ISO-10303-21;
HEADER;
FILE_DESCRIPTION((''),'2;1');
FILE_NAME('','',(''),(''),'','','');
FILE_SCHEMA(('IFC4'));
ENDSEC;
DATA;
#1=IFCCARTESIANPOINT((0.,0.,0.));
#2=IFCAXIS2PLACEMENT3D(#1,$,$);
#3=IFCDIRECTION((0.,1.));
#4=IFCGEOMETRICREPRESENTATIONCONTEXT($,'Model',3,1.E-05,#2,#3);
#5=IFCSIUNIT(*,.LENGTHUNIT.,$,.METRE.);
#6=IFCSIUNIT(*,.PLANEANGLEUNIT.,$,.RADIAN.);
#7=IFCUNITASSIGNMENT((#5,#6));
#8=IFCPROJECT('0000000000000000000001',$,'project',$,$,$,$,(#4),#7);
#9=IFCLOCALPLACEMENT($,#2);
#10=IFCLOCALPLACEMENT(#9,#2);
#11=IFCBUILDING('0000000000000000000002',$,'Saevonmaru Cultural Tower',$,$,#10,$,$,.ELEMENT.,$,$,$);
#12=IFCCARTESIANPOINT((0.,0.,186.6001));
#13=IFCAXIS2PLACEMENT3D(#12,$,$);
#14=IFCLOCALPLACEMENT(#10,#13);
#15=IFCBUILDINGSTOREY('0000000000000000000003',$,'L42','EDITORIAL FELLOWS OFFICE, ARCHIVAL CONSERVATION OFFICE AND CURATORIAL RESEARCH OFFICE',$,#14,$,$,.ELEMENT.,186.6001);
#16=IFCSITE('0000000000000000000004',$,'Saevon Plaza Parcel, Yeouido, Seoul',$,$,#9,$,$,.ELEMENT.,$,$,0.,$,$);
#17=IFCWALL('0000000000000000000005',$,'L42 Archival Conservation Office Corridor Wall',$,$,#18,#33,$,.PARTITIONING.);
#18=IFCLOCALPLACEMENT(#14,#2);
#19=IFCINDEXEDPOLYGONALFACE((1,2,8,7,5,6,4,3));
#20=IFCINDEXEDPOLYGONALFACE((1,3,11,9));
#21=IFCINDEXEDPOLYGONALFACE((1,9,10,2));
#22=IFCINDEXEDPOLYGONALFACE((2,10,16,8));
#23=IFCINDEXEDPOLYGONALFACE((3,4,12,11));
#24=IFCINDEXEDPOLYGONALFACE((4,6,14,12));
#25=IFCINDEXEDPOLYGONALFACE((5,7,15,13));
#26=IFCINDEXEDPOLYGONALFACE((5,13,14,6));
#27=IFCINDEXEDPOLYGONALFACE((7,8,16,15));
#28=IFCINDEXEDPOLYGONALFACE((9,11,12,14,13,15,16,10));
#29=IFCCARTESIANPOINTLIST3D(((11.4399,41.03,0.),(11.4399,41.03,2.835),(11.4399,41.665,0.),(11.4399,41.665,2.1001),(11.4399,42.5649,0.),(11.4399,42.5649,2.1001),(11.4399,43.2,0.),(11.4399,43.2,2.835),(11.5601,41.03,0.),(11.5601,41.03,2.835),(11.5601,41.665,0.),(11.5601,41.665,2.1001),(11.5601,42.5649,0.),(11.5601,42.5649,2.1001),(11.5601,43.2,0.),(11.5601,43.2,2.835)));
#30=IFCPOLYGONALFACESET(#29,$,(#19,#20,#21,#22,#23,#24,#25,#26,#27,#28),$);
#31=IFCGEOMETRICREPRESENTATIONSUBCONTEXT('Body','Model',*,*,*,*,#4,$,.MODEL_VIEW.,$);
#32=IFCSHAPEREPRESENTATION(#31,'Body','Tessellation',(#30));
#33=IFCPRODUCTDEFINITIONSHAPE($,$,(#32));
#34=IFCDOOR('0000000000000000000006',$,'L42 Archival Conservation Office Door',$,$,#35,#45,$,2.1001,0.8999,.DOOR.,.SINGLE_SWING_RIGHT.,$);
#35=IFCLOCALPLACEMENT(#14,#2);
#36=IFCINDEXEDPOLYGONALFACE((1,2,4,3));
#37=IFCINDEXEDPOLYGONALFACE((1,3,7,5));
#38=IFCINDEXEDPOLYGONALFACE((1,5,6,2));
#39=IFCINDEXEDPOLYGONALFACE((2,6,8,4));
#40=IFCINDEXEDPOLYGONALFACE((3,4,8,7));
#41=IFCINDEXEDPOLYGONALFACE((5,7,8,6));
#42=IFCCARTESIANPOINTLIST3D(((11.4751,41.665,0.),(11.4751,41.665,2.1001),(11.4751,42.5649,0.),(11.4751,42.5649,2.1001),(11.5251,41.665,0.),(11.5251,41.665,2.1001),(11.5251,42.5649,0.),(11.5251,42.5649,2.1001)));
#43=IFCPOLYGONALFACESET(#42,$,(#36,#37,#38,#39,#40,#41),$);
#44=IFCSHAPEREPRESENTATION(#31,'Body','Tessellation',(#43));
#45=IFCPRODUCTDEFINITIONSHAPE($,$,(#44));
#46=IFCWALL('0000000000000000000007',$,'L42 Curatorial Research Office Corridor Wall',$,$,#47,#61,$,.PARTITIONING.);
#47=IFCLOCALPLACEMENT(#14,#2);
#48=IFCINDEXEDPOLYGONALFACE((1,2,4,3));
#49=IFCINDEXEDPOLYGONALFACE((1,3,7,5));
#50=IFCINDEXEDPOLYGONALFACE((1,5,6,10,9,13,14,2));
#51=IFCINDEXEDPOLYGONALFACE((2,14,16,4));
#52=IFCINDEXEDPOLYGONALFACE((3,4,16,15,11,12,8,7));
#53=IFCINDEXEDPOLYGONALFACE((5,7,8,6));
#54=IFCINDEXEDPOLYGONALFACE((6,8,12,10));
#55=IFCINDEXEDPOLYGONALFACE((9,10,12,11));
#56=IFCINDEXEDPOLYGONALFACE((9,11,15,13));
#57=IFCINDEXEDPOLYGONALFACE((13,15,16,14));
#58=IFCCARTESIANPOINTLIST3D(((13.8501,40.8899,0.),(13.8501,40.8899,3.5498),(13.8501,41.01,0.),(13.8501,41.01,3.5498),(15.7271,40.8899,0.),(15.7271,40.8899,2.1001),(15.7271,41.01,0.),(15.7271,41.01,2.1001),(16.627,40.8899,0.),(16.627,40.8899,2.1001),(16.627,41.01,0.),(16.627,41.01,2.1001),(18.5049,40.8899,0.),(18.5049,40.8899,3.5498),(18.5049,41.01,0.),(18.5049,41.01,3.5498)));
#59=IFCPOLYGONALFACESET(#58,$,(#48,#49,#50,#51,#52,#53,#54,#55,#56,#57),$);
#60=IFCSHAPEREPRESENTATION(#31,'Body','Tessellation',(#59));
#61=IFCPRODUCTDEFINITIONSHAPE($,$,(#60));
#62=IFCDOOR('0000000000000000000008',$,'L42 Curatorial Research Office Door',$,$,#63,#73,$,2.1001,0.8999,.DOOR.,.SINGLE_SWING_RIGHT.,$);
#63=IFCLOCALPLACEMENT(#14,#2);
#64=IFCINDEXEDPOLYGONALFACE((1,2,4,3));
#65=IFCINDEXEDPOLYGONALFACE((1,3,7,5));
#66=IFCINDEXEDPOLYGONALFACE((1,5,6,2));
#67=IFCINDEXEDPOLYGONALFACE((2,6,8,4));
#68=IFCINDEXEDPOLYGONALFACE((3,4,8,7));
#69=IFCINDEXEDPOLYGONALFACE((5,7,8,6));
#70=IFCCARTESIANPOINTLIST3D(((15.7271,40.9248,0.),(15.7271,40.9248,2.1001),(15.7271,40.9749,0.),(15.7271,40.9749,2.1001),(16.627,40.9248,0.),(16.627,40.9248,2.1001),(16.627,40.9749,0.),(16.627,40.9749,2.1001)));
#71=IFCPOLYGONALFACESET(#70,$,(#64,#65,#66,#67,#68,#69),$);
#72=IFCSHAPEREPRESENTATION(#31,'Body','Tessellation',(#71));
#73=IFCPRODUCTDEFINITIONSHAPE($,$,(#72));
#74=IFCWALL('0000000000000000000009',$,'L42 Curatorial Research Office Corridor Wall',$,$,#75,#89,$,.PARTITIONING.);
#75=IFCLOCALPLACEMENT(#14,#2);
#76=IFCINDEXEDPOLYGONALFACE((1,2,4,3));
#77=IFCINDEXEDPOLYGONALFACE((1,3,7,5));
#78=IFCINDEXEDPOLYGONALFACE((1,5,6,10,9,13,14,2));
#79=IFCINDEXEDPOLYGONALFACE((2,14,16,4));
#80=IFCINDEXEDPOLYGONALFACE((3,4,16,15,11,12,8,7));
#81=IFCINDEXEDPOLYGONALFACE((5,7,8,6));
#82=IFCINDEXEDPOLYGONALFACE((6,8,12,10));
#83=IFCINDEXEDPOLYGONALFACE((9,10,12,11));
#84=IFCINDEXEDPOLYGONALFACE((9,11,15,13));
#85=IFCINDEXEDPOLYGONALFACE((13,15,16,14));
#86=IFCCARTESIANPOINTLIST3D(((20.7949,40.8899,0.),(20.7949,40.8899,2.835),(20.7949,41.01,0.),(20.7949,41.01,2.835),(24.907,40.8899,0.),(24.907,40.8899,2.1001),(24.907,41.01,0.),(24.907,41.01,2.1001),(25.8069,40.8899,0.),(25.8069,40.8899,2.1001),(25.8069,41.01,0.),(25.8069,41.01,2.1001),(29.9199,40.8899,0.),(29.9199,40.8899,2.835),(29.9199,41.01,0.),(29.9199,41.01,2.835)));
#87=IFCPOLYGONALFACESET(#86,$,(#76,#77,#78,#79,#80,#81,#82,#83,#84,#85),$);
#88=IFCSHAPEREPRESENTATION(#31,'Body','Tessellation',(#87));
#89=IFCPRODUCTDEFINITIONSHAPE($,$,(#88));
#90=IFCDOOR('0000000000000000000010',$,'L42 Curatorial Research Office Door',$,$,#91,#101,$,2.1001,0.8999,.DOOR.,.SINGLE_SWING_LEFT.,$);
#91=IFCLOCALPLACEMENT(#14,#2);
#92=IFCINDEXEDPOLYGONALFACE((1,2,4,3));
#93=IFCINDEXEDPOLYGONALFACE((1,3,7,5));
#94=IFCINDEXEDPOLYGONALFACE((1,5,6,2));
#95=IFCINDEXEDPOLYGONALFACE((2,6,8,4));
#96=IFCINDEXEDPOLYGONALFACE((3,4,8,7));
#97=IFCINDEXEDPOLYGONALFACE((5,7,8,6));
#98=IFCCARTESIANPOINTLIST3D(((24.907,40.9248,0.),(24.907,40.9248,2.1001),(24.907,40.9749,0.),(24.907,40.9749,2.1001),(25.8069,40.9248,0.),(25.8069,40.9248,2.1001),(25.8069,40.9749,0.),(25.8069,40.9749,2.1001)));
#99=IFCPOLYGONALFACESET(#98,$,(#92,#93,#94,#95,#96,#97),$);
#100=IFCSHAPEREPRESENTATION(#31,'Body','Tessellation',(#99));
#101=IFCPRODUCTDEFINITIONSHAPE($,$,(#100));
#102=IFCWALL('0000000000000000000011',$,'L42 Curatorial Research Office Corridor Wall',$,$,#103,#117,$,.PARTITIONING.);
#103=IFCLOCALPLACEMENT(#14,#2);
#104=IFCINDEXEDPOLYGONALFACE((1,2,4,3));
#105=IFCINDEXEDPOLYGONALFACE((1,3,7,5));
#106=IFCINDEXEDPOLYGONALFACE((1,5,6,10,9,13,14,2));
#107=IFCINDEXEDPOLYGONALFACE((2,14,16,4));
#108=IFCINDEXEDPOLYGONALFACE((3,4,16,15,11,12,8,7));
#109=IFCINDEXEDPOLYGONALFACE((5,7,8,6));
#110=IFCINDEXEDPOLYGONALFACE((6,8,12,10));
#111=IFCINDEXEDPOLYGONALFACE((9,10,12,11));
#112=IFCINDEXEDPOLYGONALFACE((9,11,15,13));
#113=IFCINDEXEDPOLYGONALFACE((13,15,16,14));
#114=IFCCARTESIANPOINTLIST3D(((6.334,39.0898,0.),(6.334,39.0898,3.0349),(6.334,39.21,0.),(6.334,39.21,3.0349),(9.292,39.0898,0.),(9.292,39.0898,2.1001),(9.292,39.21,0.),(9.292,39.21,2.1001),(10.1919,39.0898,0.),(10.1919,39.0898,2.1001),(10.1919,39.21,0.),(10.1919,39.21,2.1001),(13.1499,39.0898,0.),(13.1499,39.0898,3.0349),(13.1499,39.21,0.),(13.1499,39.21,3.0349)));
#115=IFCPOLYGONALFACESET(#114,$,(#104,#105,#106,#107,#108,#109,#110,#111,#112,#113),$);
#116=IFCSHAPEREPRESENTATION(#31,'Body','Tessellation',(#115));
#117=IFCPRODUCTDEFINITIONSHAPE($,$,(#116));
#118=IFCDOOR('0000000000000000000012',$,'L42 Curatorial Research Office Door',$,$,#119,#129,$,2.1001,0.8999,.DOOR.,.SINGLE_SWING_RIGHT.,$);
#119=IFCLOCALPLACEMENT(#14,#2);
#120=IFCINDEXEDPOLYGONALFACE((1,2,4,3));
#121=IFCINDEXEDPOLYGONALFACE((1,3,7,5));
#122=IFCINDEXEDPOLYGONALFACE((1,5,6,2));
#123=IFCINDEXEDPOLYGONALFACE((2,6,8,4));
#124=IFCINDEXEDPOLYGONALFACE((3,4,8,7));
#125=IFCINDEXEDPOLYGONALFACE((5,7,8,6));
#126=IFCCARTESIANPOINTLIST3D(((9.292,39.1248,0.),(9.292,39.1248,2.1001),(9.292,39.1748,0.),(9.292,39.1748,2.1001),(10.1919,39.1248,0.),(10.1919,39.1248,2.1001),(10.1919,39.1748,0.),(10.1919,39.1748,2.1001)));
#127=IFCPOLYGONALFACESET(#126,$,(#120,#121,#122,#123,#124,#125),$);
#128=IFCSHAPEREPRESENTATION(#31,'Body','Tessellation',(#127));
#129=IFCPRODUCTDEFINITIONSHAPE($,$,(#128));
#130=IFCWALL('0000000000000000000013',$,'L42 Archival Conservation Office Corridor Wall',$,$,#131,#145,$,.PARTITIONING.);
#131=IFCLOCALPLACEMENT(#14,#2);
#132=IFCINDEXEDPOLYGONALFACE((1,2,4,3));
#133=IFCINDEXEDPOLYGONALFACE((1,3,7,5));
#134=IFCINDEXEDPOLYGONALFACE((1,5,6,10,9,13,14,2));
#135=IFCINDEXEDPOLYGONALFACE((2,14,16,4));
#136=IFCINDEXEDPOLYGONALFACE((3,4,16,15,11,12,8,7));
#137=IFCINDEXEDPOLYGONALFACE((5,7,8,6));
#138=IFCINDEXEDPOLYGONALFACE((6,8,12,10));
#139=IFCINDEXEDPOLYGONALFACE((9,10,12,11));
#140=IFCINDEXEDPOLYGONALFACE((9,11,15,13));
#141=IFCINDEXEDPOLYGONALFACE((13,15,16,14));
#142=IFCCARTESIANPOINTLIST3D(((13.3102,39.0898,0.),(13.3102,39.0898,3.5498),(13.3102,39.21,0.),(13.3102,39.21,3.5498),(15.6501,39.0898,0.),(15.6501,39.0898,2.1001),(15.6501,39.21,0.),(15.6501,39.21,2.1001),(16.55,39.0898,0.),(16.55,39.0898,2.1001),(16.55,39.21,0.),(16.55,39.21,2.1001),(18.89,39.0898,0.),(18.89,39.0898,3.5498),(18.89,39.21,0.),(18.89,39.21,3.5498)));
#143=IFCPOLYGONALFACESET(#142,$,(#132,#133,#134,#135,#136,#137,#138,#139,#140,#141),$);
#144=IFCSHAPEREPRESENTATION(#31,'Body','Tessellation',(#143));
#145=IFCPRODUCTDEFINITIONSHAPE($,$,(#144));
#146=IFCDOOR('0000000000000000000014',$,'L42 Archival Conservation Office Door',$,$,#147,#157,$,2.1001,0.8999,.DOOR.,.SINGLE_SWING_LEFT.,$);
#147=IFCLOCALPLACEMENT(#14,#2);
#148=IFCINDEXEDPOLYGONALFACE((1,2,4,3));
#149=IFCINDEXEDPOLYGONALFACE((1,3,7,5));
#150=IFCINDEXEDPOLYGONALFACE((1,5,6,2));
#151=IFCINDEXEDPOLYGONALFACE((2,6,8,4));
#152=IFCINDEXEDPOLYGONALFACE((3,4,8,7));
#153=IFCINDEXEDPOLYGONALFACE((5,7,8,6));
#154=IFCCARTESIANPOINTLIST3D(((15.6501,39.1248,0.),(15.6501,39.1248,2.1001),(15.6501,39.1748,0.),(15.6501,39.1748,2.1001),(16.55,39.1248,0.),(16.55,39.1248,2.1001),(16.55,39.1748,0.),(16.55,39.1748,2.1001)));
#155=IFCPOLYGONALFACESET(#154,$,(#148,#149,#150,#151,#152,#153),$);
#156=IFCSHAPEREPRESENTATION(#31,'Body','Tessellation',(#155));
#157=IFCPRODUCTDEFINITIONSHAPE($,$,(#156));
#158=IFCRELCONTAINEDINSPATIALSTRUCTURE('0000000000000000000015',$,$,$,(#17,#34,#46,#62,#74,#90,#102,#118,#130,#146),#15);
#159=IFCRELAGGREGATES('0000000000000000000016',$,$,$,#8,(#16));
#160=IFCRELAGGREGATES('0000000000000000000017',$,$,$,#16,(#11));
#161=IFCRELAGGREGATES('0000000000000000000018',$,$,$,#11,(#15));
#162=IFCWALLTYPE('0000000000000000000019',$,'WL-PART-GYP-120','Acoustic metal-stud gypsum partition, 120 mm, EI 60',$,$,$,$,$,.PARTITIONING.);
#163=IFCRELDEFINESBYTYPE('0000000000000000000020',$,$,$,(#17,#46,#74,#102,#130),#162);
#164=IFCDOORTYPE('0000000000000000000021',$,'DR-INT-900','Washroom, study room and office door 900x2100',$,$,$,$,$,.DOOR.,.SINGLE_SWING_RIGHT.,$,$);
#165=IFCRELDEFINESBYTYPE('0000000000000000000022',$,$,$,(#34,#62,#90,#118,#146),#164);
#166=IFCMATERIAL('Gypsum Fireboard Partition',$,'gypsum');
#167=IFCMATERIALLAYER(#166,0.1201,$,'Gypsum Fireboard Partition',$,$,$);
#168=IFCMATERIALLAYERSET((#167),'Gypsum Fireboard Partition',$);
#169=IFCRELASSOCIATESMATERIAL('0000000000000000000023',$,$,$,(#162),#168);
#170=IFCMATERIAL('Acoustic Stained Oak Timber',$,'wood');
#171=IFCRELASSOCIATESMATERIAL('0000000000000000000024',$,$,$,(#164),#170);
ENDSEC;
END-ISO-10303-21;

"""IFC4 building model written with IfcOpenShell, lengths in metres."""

from ifc_helpers import new_model, si_unit, direction, frame, frame_2d, origin, place, context, subcontext, project, spatial, rectangle, extrude, material, layer, layer_set, type_object, element, fill, save


model = new_model("IFC4")

# Units and contexts
model_context = context("Model", 3, precision=1e-05, world=origin(), true_north=direction((0.0, 1.0)))
body_context = subcontext(model_context, "Body", "Model", "MODEL_VIEW")
ifc_project = project(units=[si_unit("LENGTHUNIT", "METRE"), si_unit("PLANEANGLEUNIT", "RADIAN")], contexts=[model_context])

# Site, building, storey
site_placement = place(None, origin())
site = spatial("IfcSite", under=ifc_project, at=site_placement, Name="Saevon Plaza Parcel, Yeouido, Seoul", CompositionType="ELEMENT", RefElevation=0.0)
building_placement = place(site_placement, origin())
building = spatial("IfcBuilding", under=site, at=building_placement, Name="Saevonmaru Cultural Tower", CompositionType="ELEMENT")
storey_placement = place(building_placement, frame((0.0, 0.0, 186.6001)))
storey = spatial("IfcBuildingStorey", under=building, at=storey_placement, Name="L42", Description="EDITORIAL FELLOWS OFFICE, ARCHIVAL CONSERVATION OFFICE AND CURATORIAL RESEARCH OFFICE", CompositionType="ELEMENT", Elevation=186.6001)

# Shared definitions
ifc_material_1 = material(Name="Gypsum Fireboard Partition", Category="gypsum")
ifc_layer_1 = layer(ifc_material_1, 0.1201, Name="Gypsum Fireboard Partition")
ifc_layer_set_1 = layer_set([ifc_layer_1], Name="Gypsum Fireboard Partition")
wall_type_1 = type_object("IfcWallType", Name="WL-PART-GYP-120", Description="Acoustic metal-stud gypsum partition, 120 mm, EI 60", PredefinedType="PARTITIONING", material=ifc_layer_set_1)

# Walls, openings, doors
ifc_material_2 = material(Name="Acoustic Stained Oak Timber", Category="wood")
door_type = type_object("IfcDoorType", Name="DR-INT-900", Description="Washroom, study room and office door 900x2100", OperationType="SINGLE_SWING_RIGHT", PredefinedType="DOOR", material=ifc_material_2)
wall_1_placement = place(storey_placement, frame((11.5, 41.03, 0.0), z_axis=(0.0, 0.0, 1.0), x_axis=(0.0, 1.0, 0.0)))
wall_1 = element("IfcWall", 1, at=wall_1_placement, inside=storey, type_object=wall_type_1, Name="L42 Archival Conservation Office Corridor Wall", PredefinedType="PARTITIONING", context=body_context, shape_type="SweptSolid", body=[
    extrude(rectangle(XDim=2.1699, YDim=0.1201, at=frame_2d((1.085, 0.0))), origin(), (0.0, 0.0, 1.0), 2.835),
])
opening_1_placement = place(wall_1_placement, frame((0.635, 0.0, 0.0)))
opening_1 = element("IfcOpeningElement", 2, at=opening_1_placement, cuts=wall_1, PredefinedType="OPENING", context=body_context, shape_type="SweptSolid", body=[
    extrude(rectangle(XDim=0.8999, YDim=2.1001, at=frame_2d((0.45, 1.05))), frame((0.0, 0.0701, 0.0), z_axis=(0.0, -1.0, 0.0), x_axis=(1.0, 0.0, 0.0)), (0.0, 0.0, 1.0), 0.1401),
])
door_1_placement = place(opening_1_placement, origin())
door_1 = element("IfcDoor", 3, at=door_1_placement, inside=storey, type_object=door_type, Name="L42 Archival Conservation Office Door", OperationType="SINGLE_SWING_RIGHT", OverallHeight=2.1001, OverallWidth=0.8999, PredefinedType="DOOR", context=body_context, shape_type="SweptSolid", body=[
    extrude(rectangle(XDim=0.8999, YDim=2.1001, at=frame_2d((0.45, 1.05))), frame((0.0, 0.0249, 0.0), z_axis=(0.0, -1.0, 0.0), x_axis=(1.0, 0.0, 0.0)), (0.0, 0.0, 1.0), 0.05),
])
fill(opening_1, door_1)
wall_2_placement = place(storey_placement, frame((13.8501, 40.95, 0.0), z_axis=(0.0, 0.0, 1.0), x_axis=(1.0, 0.0, 0.0)))
wall_2 = element("IfcWall", 4, at=wall_2_placement, inside=storey, type_object=wall_type_1, Name="L42 Curatorial Research Office Corridor Wall", PredefinedType="PARTITIONING", context=body_context, shape_type="SweptSolid", body=[
    extrude(rectangle(XDim=4.6548, YDim=0.1201, at=frame_2d((2.3274, 0.0))), origin(), (0.0, 0.0, 1.0), 3.5498),
])
opening_2_placement = place(wall_2_placement, frame((1.877, 0.0, 0.0)))
opening_2 = element("IfcOpeningElement", 5, at=opening_2_placement, cuts=wall_2, PredefinedType="OPENING", context=body_context, shape_type="SweptSolid", body=[
    extrude(rectangle(XDim=0.8999, YDim=2.1001, at=frame_2d((0.45, 1.05))), frame((0.0, 0.0701, 0.0), z_axis=(0.0, -1.0, 0.0), x_axis=(1.0, 0.0, 0.0)), (0.0, 0.0, 1.0), 0.1401),
])
door_2_placement = place(opening_2_placement, origin())
door_2 = element("IfcDoor", 6, at=door_2_placement, inside=storey, type_object=door_type, Name="L42 Curatorial Research Office Door", OperationType="SINGLE_SWING_RIGHT", OverallHeight=2.1001, OverallWidth=0.8999, PredefinedType="DOOR", context=body_context, shape_type="SweptSolid", body=[
    extrude(rectangle(XDim=0.8999, YDim=2.1001, at=frame_2d((0.45, 1.05))), frame((0.0, 0.0249, 0.0), z_axis=(0.0, -1.0, 0.0), x_axis=(1.0, 0.0, 0.0)), (0.0, 0.0, 1.0), 0.05),
])
fill(opening_2, door_2)
wall_3_placement = place(storey_placement, frame((20.7949, 40.95, 0.0), z_axis=(0.0, 0.0, 1.0), x_axis=(1.0, 0.0, 0.0)))
wall_3 = element("IfcWall", 7, at=wall_3_placement, inside=storey, type_object=wall_type_1, Name="L42 Curatorial Research Office Corridor Wall", PredefinedType="PARTITIONING", context=body_context, shape_type="SweptSolid", body=[
    extrude(rectangle(XDim=9.125, YDim=0.1201, at=frame_2d((4.5625, 0.0))), origin(), (0.0, 0.0, 1.0), 2.835),
])
opening_3_placement = place(wall_3_placement, frame((4.1121, 0.0, 0.0)))
opening_3 = element("IfcOpeningElement", 8, at=opening_3_placement, cuts=wall_3, PredefinedType="OPENING", context=body_context, shape_type="SweptSolid", body=[
    extrude(rectangle(XDim=0.8999, YDim=2.1001, at=frame_2d((0.45, 1.05))), frame((0.0, 0.0701, 0.0), z_axis=(0.0, -1.0, 0.0), x_axis=(1.0, 0.0, 0.0)), (0.0, 0.0, 1.0), 0.1401),
])
door_3_placement = place(opening_3_placement, origin())
door_3 = element("IfcDoor", 9, at=door_3_placement, inside=storey, type_object=door_type, Name="L42 Curatorial Research Office Door", OperationType="SINGLE_SWING_LEFT", OverallHeight=2.1001, OverallWidth=0.8999, PredefinedType="DOOR", context=body_context, shape_type="SweptSolid", body=[
    extrude(rectangle(XDim=0.8999, YDim=2.1001, at=frame_2d((0.45, 1.05))), frame((0.0, 0.0249, 0.0), z_axis=(0.0, -1.0, 0.0), x_axis=(1.0, 0.0, 0.0)), (0.0, 0.0, 1.0), 0.05),
])
fill(opening_3, door_3)
wall_4_placement = place(storey_placement, frame((6.334, 39.1499, 0.0), z_axis=(0.0, 0.0, 1.0), x_axis=(1.0, 0.0, 0.0)))
wall_4 = element("IfcWall", 10, at=wall_4_placement, inside=storey, type_object=wall_type_1, Name="L42 Curatorial Research Office Corridor Wall", PredefinedType="PARTITIONING", context=body_context, shape_type="SweptSolid", body=[
    extrude(rectangle(XDim=6.8159, YDim=0.1201, at=frame_2d((3.408, 0.0))), origin(), (0.0, 0.0, 1.0), 3.0349),
])
opening_4_placement = place(wall_4_placement, frame((2.958, 0.0, 0.0)))
opening_4 = element("IfcOpeningElement", 11, at=opening_4_placement, cuts=wall_4, PredefinedType="OPENING", context=body_context, shape_type="SweptSolid", body=[
    extrude(rectangle(XDim=0.8999, YDim=2.1001, at=frame_2d((0.45, 1.05))), frame((0.0, 0.0701, 0.0), z_axis=(0.0, -1.0, 0.0), x_axis=(1.0, 0.0, 0.0)), (0.0, 0.0, 1.0), 0.1401),
])
door_4_placement = place(opening_4_placement, origin())
door_4 = element("IfcDoor", 12, at=door_4_placement, inside=storey, type_object=door_type, Name="L42 Curatorial Research Office Door", OperationType="SINGLE_SWING_RIGHT", OverallHeight=2.1001, OverallWidth=0.8999, PredefinedType="DOOR", context=body_context, shape_type="SweptSolid", body=[
    extrude(rectangle(XDim=0.8999, YDim=2.1001, at=frame_2d((0.45, 1.05))), frame((0.0, 0.0249, 0.0), z_axis=(0.0, -1.0, 0.0), x_axis=(1.0, 0.0, 0.0)), (0.0, 0.0, 1.0), 0.05),
])
fill(opening_4, door_4)
wall_5_placement = place(storey_placement, frame((13.3101, 39.1499, 0.0), z_axis=(0.0, 0.0, 1.0), x_axis=(1.0, 0.0, 0.0)))
wall_5 = element("IfcWall", 13, at=wall_5_placement, inside=storey, type_object=wall_type_1, Name="L42 Archival Conservation Office Corridor Wall", PredefinedType="PARTITIONING", context=body_context, shape_type="SweptSolid", body=[
    extrude(rectangle(XDim=5.5798, YDim=0.1201, at=frame_2d((2.79, 0.0))), origin(), (0.0, 0.0, 1.0), 3.5498),
])
opening_5_placement = place(wall_5_placement, frame((2.3401, 0.0, 0.0)))
opening_5 = element("IfcOpeningElement", 14, at=opening_5_placement, cuts=wall_5, PredefinedType="OPENING", context=body_context, shape_type="SweptSolid", body=[
    extrude(rectangle(XDim=0.8999, YDim=2.1001, at=frame_2d((0.45, 1.05))), frame((0.0, 0.0701, 0.0), z_axis=(0.0, -1.0, 0.0), x_axis=(1.0, 0.0, 0.0)), (0.0, 0.0, 1.0), 0.1401),
])
door_5_placement = place(opening_5_placement, origin())
door_5 = element("IfcDoor", 15, at=door_5_placement, inside=storey, type_object=door_type, Name="L42 Archival Conservation Office Door", OperationType="SINGLE_SWING_LEFT", OverallHeight=2.1001, OverallWidth=0.8999, PredefinedType="DOOR", context=body_context, shape_type="SweptSolid", body=[
    extrude(rectangle(XDim=0.8999, YDim=2.1001, at=frame_2d((0.45, 1.05))), frame((0.0, 0.0249, 0.0), z_axis=(0.0, -1.0, 0.0), x_axis=(1.0, 0.0, 0.0)), (0.0, 0.0, 1.0), 0.05),
])
fill(opening_5, door_5)

save(model, "model.ifc")
